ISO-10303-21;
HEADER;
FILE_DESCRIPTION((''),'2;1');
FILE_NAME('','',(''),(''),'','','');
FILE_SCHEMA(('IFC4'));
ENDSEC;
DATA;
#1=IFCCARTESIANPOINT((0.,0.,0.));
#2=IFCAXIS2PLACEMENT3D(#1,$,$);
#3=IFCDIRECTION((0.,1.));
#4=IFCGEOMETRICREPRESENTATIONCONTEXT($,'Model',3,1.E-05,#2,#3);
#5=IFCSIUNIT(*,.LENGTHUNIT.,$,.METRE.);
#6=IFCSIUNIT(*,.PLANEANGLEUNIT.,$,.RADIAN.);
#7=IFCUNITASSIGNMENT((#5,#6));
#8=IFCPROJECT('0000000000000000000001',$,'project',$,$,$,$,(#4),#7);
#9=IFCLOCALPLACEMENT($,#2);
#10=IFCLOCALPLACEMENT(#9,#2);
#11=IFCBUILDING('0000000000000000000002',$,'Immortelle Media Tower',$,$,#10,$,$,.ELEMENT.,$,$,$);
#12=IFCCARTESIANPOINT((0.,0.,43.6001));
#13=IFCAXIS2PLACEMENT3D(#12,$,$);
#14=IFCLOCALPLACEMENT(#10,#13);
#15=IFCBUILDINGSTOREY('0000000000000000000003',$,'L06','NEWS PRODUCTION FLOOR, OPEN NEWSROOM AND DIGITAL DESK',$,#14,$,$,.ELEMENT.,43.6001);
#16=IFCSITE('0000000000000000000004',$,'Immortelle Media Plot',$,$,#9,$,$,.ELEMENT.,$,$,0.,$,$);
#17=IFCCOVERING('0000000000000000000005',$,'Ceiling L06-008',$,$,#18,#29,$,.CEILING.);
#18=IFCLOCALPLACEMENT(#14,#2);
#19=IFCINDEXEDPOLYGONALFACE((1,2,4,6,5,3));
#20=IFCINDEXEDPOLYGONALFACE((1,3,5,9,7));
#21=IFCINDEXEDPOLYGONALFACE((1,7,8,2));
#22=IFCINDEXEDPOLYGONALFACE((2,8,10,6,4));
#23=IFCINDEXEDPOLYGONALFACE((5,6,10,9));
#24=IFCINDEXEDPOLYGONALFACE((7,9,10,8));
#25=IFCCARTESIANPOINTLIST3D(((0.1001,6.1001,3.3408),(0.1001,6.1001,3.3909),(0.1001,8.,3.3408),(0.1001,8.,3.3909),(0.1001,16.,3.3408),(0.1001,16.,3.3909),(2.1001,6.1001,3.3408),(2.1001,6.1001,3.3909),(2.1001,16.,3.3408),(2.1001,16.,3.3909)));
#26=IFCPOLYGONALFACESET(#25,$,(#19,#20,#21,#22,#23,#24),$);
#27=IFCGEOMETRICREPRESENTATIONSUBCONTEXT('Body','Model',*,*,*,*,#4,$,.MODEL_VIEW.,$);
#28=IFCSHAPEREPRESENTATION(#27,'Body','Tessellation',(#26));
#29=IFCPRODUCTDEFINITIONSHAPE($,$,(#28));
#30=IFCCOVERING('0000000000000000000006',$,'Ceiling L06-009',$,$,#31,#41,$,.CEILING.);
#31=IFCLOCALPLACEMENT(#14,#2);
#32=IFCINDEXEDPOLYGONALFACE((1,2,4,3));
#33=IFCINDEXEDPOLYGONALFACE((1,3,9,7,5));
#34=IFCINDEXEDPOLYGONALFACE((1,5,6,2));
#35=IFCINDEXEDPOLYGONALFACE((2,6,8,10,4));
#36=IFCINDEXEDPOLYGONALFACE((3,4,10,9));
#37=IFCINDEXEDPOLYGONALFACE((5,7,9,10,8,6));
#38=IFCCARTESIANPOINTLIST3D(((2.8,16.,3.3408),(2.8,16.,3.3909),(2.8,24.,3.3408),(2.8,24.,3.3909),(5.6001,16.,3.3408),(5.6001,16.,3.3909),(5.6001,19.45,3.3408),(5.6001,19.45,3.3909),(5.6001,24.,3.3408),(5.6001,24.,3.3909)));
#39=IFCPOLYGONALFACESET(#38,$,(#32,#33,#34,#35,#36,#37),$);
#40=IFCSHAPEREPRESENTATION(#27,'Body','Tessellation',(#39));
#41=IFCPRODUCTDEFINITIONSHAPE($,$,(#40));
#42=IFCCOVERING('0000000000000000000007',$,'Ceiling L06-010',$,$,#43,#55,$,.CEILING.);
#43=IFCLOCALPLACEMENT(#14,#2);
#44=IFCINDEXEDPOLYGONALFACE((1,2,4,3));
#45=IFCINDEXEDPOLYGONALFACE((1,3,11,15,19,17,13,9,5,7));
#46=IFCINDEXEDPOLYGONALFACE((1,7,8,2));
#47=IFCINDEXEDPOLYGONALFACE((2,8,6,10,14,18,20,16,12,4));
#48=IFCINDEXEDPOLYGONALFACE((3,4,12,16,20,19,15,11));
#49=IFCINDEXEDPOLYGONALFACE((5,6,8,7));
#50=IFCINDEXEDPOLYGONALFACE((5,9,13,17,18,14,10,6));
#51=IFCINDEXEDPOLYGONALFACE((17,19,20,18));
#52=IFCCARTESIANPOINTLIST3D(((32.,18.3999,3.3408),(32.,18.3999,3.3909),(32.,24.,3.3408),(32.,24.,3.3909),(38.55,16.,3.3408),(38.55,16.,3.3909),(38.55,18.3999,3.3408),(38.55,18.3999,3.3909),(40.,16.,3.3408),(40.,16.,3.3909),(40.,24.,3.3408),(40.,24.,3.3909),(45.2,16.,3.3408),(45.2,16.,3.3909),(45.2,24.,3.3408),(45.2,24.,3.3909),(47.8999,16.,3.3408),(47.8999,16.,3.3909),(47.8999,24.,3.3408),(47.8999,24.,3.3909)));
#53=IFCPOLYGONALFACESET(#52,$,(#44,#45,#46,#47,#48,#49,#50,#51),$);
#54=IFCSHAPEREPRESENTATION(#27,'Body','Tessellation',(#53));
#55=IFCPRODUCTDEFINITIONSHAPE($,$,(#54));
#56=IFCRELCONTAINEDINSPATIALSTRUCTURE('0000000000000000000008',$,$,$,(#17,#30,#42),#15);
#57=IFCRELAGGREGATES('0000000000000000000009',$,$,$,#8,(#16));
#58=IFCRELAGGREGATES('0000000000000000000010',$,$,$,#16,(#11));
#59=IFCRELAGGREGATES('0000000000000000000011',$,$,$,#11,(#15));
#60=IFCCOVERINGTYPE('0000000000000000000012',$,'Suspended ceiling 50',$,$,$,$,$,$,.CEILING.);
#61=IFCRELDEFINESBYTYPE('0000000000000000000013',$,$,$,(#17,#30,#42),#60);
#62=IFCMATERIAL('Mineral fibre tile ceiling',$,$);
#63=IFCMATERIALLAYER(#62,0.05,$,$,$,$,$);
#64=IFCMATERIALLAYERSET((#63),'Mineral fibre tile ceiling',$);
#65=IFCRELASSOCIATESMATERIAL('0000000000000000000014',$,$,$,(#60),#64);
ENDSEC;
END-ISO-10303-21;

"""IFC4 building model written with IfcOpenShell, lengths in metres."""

from ifc_helpers import new_model, si_unit, direction, frame, origin, place, context, subcontext, project, spatial, polyline, outline, extrude, material, layer, layer_set, type_object, element, save


model = new_model("IFC4")

# Units and contexts
model_context = context("Model", 3, precision=1e-05, world=origin(), true_north=direction((0.0, 1.0)))
body_context = subcontext(model_context, "Body", "Model", "MODEL_VIEW")
ifc_project = project(units=[si_unit("LENGTHUNIT", "METRE"), si_unit("PLANEANGLEUNIT", "RADIAN")], contexts=[model_context])

# Site, building, storey
site_placement = place(None, origin())
site = spatial("IfcSite", under=ifc_project, at=site_placement, Name="Immortelle Media Plot", CompositionType="ELEMENT", RefElevation=0.0)
building_placement = place(site_placement, origin())
building = spatial("IfcBuilding", under=site, at=building_placement, Name="Immortelle Media Tower", CompositionType="ELEMENT")
storey_placement = place(building_placement, frame((0.0, 0.0, 43.6001)))
storey = spatial("IfcBuildingStorey", under=building, at=storey_placement, Name="L06", Description="NEWS PRODUCTION FLOOR, OPEN NEWSROOM AND DIGITAL DESK", CompositionType="ELEMENT", Elevation=43.6001)

# Coverings
ifc_material_1 = material(Name="Mineral fibre tile ceiling")
ifc_layer_1 = layer(ifc_material_1, 0.05)
ifc_layer_set_1 = layer_set([ifc_layer_1], Name="Mineral fibre tile ceiling")
covering_type = type_object("IfcCoveringType", Name="Suspended ceiling 50", PredefinedType="CEILING", material=ifc_layer_set_1)
covering_1_placement = place(storey_placement, frame((0.0, 0.0, 3.3408)))
element("IfcCovering", 1, at=covering_1_placement, inside=storey, type_object=covering_type, Name="Ceiling L06-008", PredefinedType="CEILING", context=body_context, shape_type="SweptSolid", body=[
    extrude(outline(polyline([(0.1001, 6.1001), (0.1001, 8.0), (0.1001, 16.0), (2.1001, 16.0), (2.1001, 6.1001), (0.1001, 6.1001)])), origin(), (0.0, 0.0, 1.0), 0.05),
])
covering_2_placement = place(storey_placement, frame((0.0, 0.0, 3.3408)))
element("IfcCovering", 2, at=covering_2_placement, inside=storey, type_object=covering_type, Name="Ceiling L06-009", PredefinedType="CEILING", context=body_context, shape_type="SweptSolid", body=[
    extrude(outline(polyline([(5.6001, 19.45), (5.6001, 16.0), (2.8, 16.0), (2.8, 24.0), (5.6001, 24.0), (5.6001, 19.45)])), origin(), (0.0, 0.0, 1.0), 0.05),
])
covering_3_placement = place(storey_placement, frame((0.0, 0.0, 3.3408)))
element("IfcCovering", 3, at=covering_3_placement, inside=storey, type_object=covering_type, Name="Ceiling L06-010", PredefinedType="CEILING", context=body_context, shape_type="SweptSolid", body=[
    extrude(outline(polyline([(38.55, 16.0), (38.55, 18.3999), (32.0, 18.3999), (32.0, 24.0), (40.0, 24.0), (45.2, 24.0), (47.8999, 24.0), (47.8999, 16.0), (45.2, 16.0), (40.0, 16.0), (38.55, 16.0)])), origin(), (0.0, 0.0, 1.0), 0.05),
])

save(model, "model.ifc")
